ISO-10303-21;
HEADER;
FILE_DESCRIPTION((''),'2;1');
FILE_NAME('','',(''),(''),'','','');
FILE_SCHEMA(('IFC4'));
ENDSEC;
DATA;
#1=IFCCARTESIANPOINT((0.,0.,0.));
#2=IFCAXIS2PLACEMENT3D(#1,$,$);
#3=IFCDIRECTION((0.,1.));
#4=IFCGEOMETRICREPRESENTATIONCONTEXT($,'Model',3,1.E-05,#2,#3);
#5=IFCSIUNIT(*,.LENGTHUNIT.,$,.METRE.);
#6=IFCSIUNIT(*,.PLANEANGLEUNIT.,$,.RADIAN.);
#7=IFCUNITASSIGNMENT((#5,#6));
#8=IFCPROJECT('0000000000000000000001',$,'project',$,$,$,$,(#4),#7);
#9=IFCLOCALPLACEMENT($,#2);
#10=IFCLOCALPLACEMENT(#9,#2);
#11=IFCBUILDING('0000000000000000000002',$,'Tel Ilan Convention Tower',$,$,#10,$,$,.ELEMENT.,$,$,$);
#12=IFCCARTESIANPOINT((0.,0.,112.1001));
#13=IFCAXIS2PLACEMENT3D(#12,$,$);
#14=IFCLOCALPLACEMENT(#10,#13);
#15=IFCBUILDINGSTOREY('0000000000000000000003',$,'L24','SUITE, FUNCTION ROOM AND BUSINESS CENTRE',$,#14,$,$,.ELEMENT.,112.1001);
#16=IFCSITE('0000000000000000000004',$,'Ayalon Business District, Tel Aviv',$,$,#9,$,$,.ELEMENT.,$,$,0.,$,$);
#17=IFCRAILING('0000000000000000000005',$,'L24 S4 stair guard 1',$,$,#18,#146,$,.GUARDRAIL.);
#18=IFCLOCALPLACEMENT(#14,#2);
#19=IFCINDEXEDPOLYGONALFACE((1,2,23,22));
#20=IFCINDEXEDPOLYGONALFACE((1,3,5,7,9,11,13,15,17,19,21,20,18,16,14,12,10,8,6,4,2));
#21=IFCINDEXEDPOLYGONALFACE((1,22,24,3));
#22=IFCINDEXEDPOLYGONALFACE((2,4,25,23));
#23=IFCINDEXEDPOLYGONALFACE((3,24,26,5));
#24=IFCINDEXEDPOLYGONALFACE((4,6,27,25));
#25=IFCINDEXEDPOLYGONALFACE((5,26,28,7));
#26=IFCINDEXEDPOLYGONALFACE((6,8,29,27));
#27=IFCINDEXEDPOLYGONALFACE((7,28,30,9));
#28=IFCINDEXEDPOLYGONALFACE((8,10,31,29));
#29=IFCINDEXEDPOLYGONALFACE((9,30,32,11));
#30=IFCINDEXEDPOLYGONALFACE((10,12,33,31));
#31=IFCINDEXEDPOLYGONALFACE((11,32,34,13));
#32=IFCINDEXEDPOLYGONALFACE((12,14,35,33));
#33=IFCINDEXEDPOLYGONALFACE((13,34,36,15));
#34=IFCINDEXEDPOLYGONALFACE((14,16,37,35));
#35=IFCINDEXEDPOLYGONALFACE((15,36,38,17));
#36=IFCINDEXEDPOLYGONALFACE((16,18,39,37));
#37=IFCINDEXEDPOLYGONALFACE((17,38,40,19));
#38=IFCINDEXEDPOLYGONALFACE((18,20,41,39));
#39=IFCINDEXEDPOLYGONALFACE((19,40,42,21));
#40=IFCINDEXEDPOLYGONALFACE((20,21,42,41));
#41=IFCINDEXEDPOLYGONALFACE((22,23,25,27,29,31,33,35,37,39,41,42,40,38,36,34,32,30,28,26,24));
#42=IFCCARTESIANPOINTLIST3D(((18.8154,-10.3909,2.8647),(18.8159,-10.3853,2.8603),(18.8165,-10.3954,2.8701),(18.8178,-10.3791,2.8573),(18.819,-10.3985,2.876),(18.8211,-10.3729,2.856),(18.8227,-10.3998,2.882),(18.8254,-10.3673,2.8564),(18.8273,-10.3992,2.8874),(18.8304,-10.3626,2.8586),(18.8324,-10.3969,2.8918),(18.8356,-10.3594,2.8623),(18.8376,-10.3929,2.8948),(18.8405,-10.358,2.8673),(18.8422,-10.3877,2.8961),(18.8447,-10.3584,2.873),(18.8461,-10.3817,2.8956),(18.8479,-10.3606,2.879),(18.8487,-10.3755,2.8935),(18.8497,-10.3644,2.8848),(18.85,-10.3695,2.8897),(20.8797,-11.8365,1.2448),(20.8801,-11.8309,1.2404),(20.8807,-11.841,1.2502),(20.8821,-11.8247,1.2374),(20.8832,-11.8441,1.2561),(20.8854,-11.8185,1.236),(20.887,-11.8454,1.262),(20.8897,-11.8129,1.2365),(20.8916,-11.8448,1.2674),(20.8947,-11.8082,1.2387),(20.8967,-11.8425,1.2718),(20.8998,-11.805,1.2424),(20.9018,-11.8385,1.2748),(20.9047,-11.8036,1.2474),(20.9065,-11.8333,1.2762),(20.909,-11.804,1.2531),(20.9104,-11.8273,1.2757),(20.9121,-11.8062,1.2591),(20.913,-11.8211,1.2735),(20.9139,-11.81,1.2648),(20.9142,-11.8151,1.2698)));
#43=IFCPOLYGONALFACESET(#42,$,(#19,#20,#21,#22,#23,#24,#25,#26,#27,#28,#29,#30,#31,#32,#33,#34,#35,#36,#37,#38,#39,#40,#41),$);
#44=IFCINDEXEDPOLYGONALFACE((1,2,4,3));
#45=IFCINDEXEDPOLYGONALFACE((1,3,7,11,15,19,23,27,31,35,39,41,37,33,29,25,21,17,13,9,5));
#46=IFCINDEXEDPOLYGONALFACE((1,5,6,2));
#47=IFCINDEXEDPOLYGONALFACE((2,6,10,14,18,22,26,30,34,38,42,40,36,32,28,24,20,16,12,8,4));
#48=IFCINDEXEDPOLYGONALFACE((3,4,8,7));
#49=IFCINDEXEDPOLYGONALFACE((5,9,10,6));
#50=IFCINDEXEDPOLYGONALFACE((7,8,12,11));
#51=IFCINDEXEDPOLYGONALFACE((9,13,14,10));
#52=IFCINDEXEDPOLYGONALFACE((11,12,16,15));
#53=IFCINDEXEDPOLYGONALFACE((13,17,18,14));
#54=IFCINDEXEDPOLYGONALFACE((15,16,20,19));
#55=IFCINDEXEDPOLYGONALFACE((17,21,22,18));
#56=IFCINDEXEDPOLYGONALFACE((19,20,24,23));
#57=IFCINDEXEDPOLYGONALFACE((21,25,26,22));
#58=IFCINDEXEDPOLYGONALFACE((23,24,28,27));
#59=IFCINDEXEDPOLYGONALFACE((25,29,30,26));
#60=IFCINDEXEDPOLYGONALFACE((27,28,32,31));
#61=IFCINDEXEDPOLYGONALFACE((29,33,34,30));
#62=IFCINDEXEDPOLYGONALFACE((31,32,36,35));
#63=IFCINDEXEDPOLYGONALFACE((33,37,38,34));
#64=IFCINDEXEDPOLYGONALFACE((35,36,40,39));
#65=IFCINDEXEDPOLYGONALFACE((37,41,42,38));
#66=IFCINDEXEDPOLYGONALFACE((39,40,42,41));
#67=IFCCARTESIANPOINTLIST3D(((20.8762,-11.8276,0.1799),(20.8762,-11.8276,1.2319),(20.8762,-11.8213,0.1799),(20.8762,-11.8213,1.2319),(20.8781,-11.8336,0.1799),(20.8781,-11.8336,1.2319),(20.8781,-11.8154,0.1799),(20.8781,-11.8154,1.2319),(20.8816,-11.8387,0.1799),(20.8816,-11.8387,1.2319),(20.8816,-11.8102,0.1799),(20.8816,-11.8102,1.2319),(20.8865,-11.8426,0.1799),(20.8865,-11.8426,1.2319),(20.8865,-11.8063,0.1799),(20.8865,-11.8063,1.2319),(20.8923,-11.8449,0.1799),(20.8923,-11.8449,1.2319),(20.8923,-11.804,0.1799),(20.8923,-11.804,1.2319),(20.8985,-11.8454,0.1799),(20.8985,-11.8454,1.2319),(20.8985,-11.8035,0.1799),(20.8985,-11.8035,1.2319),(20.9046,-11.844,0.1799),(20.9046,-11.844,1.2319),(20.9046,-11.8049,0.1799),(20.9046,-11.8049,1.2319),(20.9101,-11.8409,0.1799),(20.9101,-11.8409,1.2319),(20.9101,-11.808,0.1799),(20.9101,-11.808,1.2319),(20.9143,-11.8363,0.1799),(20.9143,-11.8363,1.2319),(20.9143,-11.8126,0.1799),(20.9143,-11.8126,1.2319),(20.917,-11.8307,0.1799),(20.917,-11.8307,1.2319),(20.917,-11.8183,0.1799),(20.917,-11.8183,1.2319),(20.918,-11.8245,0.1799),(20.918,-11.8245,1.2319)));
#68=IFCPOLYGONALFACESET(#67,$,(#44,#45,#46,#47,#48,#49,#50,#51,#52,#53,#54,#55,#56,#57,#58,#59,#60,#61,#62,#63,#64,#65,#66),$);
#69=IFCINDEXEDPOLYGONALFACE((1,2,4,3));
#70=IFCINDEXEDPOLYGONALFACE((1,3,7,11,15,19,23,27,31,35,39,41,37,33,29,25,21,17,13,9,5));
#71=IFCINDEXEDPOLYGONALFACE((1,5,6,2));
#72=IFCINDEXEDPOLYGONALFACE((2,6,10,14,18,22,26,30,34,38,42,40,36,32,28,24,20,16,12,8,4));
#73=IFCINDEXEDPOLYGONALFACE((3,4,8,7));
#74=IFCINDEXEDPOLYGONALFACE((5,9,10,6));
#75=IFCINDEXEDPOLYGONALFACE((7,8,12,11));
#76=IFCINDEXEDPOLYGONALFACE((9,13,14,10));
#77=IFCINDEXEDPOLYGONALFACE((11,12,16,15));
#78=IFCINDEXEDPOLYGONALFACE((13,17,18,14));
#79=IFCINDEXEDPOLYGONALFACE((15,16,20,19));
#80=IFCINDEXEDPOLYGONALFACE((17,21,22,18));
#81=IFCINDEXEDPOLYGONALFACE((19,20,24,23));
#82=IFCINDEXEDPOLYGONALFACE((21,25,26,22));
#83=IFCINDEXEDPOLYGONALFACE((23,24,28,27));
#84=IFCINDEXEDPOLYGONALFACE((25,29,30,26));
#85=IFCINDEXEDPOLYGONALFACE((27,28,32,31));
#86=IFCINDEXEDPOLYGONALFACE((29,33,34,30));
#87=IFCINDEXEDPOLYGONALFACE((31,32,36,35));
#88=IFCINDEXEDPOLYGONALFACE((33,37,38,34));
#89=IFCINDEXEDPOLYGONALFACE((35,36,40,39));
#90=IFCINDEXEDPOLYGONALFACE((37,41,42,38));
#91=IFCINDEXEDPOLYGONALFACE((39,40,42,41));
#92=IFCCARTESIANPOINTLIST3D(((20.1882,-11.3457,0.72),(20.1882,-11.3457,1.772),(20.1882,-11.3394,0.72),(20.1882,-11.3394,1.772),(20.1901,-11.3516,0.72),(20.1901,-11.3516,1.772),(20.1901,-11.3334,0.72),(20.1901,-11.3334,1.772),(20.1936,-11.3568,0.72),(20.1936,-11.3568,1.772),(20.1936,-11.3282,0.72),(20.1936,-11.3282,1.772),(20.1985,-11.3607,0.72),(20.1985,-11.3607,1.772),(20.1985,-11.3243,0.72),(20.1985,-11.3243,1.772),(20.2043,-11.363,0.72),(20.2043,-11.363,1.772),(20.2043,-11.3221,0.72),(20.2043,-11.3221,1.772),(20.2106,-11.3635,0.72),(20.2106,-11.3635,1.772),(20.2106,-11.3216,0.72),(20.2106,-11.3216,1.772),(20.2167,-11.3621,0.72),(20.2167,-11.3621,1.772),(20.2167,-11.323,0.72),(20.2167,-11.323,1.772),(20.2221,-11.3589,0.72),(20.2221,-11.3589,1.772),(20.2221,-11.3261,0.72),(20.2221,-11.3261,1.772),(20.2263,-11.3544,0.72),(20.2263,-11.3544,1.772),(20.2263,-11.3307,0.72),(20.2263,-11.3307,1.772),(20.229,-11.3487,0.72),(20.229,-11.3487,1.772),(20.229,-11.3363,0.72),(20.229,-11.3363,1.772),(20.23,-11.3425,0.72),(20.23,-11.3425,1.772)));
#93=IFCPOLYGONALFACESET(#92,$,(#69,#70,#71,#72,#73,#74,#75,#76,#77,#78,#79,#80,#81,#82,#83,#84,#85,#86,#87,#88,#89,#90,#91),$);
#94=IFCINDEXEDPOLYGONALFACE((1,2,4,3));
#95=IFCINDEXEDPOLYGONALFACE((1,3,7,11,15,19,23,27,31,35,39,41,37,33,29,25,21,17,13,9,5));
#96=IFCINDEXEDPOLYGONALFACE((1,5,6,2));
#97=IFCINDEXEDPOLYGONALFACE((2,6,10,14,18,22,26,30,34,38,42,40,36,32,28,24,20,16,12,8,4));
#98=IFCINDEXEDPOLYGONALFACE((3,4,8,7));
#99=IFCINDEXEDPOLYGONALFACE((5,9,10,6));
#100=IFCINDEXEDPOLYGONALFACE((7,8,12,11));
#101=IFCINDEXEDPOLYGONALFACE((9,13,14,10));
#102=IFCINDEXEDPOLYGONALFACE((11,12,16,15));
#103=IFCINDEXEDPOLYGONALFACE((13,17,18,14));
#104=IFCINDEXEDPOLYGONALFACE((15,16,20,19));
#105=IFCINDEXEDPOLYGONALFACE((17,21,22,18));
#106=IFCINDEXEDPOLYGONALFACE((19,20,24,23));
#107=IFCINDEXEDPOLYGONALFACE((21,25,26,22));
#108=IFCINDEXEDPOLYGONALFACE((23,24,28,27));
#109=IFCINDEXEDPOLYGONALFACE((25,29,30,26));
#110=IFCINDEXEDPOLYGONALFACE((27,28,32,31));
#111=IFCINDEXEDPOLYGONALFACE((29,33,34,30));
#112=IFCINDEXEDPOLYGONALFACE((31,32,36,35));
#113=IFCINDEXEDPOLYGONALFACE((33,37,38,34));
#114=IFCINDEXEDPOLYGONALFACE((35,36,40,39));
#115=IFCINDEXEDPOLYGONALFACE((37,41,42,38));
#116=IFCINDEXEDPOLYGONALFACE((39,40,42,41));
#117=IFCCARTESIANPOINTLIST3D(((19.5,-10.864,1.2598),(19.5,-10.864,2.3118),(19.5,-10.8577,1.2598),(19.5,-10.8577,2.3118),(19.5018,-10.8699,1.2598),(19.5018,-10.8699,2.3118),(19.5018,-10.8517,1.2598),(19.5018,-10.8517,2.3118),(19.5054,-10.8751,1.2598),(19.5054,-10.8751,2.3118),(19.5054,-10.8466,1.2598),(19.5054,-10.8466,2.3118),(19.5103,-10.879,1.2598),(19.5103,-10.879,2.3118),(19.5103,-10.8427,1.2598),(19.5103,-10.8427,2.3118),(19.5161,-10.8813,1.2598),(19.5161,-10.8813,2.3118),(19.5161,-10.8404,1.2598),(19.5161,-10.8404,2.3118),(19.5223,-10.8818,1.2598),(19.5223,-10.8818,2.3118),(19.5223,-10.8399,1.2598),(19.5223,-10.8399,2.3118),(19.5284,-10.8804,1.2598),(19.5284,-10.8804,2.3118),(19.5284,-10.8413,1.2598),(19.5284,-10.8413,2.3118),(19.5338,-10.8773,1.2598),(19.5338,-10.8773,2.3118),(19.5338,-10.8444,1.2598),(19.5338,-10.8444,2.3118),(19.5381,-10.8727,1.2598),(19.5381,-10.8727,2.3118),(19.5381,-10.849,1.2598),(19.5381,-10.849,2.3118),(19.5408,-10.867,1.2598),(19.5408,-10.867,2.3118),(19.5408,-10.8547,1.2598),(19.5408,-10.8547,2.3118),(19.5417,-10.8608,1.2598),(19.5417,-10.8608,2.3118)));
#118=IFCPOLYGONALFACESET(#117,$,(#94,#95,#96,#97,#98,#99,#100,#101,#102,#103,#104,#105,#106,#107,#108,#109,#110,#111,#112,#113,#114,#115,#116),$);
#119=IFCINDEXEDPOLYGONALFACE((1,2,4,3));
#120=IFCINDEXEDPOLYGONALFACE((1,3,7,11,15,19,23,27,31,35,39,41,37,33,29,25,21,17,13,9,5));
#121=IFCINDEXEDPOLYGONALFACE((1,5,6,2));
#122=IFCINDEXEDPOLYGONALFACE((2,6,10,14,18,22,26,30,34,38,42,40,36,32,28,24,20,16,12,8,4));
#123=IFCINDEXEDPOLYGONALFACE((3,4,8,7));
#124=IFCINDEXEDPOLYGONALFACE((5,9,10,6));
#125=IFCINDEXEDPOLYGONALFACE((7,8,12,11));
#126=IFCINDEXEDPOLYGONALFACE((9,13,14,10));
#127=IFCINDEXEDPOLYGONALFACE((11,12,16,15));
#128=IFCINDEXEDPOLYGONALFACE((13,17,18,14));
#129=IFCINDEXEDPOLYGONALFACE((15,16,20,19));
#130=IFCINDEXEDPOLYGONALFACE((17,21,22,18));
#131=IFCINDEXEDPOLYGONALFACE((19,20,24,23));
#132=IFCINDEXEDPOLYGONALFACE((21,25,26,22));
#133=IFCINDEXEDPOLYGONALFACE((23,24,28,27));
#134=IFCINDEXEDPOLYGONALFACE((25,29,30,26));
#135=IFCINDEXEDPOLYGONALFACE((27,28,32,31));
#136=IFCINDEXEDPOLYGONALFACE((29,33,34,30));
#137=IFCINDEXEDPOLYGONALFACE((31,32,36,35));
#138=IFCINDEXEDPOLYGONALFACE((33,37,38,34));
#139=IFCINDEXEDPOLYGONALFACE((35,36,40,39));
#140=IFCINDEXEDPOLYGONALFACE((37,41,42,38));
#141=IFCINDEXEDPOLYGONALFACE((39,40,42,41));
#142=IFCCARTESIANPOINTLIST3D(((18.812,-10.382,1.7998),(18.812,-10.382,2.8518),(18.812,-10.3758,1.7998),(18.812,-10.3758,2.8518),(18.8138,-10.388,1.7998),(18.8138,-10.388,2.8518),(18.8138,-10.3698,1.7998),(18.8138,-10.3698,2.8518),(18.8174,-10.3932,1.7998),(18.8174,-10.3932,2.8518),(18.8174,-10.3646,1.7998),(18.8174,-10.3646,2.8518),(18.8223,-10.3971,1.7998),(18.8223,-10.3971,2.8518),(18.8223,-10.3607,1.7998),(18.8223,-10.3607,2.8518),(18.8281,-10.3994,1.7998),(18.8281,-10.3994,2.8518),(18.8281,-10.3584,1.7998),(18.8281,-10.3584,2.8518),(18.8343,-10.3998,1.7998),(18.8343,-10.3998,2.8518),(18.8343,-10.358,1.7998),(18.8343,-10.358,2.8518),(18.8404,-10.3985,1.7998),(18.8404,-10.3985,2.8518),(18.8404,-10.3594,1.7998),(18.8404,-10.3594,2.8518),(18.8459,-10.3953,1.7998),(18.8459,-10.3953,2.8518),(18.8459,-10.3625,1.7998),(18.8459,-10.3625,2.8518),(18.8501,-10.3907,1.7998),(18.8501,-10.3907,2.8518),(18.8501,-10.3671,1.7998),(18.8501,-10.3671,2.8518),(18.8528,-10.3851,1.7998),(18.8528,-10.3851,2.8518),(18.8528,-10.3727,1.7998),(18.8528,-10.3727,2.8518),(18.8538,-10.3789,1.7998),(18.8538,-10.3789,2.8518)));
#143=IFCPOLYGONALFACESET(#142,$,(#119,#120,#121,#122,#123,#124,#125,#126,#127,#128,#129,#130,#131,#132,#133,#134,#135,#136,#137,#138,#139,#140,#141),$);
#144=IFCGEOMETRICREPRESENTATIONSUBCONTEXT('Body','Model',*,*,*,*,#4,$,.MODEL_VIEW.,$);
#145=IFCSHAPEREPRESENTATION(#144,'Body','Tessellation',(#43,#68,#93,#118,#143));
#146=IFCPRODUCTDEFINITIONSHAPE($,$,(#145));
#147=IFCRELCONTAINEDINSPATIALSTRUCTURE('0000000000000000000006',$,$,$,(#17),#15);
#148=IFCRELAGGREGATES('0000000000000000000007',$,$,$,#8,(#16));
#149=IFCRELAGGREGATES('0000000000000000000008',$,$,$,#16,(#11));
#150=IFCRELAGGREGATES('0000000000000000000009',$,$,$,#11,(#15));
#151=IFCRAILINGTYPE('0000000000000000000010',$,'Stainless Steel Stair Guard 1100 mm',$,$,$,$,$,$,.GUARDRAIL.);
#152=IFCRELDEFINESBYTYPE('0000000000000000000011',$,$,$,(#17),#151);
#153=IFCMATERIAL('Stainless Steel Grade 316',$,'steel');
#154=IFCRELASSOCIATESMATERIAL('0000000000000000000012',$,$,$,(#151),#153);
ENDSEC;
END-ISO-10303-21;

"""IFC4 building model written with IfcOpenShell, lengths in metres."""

from ifc_helpers import new_model, si_unit, direction, frame, origin, origin_2d, place, context, subcontext, project, spatial, circle, extrude, material, type_object, element, save


model = new_model("IFC4")

# Units and contexts
model_context = context("Model", 3, precision=1e-05, world=origin(), true_north=direction((0.0, 1.0)))
body_context = subcontext(model_context, "Body", "Model", "MODEL_VIEW")
ifc_project = project(units=[si_unit("LENGTHUNIT", "METRE"), si_unit("PLANEANGLEUNIT", "RADIAN")], contexts=[model_context])

# Site, building, storey
site_placement = place(None, origin())
site = spatial("IfcSite", under=ifc_project, at=site_placement, Name="Ayalon Business District, Tel Aviv", CompositionType="ELEMENT", RefElevation=0.0)
building_placement = place(site_placement, origin())
building = spatial("IfcBuilding", under=site, at=building_placement, Name="Tel Ilan Convention Tower", CompositionType="ELEMENT")
storey_placement = place(building_placement, frame((0.0, 0.0, 112.1001)))
storey = spatial("IfcBuildingStorey", under=building, at=storey_placement, Name="L24", Description="SUITE, FUNCTION ROOM AND BUSINESS CENTRE", CompositionType="ELEMENT", Elevation=112.1001)

# Railing
ifc_material_1 = material(Name="Stainless Steel Grade 316", Category="steel")
railing_type_1 = type_object("IfcRailingType", Name="Stainless Steel Stair Guard 1100 mm", PredefinedType="GUARDRAIL", material=ifc_material_1)
railing_1_placement = place(storey_placement, frame((20.897, -11.8245, 0.1799)))
element("IfcRailing", 1, at=railing_1_placement, inside=storey, type_object=railing_type_1, Name="L24 S4 stair guard 1", PredefinedType="GUARDRAIL", context=body_context, shape_type="SweptSolid", body=[
    extrude(circle(Radius=0.0239, at=origin_2d()), frame((0.0, 0.0, 1.0762), z_axis=(-0.689043, 0.482534, 0.540722), x_axis=(-0.573625, -0.819118, 0.0)), (0.0, 0.0, 1.0), 2.9958),
    extrude(circle(Radius=0.021, at=origin_2d()), origin(), (0.0, 0.0, 1.0), 1.052),
    extrude(circle(Radius=0.021, at=origin_2d()), frame((-0.688, 0.4819, 0.54)), (0.0, 0.0, 1.0), 1.052),
    extrude(circle(Radius=0.021, at=origin_2d()), frame((-1.3762, 0.9636, 1.0798)), (0.0, 0.0, 1.0), 1.052),
    extrude(circle(Radius=0.021, at=origin_2d()), frame((-2.0642, 1.4456, 1.6199)), (0.0, 0.0, 1.0), 1.052),
])

save(model, "model.ifc")
